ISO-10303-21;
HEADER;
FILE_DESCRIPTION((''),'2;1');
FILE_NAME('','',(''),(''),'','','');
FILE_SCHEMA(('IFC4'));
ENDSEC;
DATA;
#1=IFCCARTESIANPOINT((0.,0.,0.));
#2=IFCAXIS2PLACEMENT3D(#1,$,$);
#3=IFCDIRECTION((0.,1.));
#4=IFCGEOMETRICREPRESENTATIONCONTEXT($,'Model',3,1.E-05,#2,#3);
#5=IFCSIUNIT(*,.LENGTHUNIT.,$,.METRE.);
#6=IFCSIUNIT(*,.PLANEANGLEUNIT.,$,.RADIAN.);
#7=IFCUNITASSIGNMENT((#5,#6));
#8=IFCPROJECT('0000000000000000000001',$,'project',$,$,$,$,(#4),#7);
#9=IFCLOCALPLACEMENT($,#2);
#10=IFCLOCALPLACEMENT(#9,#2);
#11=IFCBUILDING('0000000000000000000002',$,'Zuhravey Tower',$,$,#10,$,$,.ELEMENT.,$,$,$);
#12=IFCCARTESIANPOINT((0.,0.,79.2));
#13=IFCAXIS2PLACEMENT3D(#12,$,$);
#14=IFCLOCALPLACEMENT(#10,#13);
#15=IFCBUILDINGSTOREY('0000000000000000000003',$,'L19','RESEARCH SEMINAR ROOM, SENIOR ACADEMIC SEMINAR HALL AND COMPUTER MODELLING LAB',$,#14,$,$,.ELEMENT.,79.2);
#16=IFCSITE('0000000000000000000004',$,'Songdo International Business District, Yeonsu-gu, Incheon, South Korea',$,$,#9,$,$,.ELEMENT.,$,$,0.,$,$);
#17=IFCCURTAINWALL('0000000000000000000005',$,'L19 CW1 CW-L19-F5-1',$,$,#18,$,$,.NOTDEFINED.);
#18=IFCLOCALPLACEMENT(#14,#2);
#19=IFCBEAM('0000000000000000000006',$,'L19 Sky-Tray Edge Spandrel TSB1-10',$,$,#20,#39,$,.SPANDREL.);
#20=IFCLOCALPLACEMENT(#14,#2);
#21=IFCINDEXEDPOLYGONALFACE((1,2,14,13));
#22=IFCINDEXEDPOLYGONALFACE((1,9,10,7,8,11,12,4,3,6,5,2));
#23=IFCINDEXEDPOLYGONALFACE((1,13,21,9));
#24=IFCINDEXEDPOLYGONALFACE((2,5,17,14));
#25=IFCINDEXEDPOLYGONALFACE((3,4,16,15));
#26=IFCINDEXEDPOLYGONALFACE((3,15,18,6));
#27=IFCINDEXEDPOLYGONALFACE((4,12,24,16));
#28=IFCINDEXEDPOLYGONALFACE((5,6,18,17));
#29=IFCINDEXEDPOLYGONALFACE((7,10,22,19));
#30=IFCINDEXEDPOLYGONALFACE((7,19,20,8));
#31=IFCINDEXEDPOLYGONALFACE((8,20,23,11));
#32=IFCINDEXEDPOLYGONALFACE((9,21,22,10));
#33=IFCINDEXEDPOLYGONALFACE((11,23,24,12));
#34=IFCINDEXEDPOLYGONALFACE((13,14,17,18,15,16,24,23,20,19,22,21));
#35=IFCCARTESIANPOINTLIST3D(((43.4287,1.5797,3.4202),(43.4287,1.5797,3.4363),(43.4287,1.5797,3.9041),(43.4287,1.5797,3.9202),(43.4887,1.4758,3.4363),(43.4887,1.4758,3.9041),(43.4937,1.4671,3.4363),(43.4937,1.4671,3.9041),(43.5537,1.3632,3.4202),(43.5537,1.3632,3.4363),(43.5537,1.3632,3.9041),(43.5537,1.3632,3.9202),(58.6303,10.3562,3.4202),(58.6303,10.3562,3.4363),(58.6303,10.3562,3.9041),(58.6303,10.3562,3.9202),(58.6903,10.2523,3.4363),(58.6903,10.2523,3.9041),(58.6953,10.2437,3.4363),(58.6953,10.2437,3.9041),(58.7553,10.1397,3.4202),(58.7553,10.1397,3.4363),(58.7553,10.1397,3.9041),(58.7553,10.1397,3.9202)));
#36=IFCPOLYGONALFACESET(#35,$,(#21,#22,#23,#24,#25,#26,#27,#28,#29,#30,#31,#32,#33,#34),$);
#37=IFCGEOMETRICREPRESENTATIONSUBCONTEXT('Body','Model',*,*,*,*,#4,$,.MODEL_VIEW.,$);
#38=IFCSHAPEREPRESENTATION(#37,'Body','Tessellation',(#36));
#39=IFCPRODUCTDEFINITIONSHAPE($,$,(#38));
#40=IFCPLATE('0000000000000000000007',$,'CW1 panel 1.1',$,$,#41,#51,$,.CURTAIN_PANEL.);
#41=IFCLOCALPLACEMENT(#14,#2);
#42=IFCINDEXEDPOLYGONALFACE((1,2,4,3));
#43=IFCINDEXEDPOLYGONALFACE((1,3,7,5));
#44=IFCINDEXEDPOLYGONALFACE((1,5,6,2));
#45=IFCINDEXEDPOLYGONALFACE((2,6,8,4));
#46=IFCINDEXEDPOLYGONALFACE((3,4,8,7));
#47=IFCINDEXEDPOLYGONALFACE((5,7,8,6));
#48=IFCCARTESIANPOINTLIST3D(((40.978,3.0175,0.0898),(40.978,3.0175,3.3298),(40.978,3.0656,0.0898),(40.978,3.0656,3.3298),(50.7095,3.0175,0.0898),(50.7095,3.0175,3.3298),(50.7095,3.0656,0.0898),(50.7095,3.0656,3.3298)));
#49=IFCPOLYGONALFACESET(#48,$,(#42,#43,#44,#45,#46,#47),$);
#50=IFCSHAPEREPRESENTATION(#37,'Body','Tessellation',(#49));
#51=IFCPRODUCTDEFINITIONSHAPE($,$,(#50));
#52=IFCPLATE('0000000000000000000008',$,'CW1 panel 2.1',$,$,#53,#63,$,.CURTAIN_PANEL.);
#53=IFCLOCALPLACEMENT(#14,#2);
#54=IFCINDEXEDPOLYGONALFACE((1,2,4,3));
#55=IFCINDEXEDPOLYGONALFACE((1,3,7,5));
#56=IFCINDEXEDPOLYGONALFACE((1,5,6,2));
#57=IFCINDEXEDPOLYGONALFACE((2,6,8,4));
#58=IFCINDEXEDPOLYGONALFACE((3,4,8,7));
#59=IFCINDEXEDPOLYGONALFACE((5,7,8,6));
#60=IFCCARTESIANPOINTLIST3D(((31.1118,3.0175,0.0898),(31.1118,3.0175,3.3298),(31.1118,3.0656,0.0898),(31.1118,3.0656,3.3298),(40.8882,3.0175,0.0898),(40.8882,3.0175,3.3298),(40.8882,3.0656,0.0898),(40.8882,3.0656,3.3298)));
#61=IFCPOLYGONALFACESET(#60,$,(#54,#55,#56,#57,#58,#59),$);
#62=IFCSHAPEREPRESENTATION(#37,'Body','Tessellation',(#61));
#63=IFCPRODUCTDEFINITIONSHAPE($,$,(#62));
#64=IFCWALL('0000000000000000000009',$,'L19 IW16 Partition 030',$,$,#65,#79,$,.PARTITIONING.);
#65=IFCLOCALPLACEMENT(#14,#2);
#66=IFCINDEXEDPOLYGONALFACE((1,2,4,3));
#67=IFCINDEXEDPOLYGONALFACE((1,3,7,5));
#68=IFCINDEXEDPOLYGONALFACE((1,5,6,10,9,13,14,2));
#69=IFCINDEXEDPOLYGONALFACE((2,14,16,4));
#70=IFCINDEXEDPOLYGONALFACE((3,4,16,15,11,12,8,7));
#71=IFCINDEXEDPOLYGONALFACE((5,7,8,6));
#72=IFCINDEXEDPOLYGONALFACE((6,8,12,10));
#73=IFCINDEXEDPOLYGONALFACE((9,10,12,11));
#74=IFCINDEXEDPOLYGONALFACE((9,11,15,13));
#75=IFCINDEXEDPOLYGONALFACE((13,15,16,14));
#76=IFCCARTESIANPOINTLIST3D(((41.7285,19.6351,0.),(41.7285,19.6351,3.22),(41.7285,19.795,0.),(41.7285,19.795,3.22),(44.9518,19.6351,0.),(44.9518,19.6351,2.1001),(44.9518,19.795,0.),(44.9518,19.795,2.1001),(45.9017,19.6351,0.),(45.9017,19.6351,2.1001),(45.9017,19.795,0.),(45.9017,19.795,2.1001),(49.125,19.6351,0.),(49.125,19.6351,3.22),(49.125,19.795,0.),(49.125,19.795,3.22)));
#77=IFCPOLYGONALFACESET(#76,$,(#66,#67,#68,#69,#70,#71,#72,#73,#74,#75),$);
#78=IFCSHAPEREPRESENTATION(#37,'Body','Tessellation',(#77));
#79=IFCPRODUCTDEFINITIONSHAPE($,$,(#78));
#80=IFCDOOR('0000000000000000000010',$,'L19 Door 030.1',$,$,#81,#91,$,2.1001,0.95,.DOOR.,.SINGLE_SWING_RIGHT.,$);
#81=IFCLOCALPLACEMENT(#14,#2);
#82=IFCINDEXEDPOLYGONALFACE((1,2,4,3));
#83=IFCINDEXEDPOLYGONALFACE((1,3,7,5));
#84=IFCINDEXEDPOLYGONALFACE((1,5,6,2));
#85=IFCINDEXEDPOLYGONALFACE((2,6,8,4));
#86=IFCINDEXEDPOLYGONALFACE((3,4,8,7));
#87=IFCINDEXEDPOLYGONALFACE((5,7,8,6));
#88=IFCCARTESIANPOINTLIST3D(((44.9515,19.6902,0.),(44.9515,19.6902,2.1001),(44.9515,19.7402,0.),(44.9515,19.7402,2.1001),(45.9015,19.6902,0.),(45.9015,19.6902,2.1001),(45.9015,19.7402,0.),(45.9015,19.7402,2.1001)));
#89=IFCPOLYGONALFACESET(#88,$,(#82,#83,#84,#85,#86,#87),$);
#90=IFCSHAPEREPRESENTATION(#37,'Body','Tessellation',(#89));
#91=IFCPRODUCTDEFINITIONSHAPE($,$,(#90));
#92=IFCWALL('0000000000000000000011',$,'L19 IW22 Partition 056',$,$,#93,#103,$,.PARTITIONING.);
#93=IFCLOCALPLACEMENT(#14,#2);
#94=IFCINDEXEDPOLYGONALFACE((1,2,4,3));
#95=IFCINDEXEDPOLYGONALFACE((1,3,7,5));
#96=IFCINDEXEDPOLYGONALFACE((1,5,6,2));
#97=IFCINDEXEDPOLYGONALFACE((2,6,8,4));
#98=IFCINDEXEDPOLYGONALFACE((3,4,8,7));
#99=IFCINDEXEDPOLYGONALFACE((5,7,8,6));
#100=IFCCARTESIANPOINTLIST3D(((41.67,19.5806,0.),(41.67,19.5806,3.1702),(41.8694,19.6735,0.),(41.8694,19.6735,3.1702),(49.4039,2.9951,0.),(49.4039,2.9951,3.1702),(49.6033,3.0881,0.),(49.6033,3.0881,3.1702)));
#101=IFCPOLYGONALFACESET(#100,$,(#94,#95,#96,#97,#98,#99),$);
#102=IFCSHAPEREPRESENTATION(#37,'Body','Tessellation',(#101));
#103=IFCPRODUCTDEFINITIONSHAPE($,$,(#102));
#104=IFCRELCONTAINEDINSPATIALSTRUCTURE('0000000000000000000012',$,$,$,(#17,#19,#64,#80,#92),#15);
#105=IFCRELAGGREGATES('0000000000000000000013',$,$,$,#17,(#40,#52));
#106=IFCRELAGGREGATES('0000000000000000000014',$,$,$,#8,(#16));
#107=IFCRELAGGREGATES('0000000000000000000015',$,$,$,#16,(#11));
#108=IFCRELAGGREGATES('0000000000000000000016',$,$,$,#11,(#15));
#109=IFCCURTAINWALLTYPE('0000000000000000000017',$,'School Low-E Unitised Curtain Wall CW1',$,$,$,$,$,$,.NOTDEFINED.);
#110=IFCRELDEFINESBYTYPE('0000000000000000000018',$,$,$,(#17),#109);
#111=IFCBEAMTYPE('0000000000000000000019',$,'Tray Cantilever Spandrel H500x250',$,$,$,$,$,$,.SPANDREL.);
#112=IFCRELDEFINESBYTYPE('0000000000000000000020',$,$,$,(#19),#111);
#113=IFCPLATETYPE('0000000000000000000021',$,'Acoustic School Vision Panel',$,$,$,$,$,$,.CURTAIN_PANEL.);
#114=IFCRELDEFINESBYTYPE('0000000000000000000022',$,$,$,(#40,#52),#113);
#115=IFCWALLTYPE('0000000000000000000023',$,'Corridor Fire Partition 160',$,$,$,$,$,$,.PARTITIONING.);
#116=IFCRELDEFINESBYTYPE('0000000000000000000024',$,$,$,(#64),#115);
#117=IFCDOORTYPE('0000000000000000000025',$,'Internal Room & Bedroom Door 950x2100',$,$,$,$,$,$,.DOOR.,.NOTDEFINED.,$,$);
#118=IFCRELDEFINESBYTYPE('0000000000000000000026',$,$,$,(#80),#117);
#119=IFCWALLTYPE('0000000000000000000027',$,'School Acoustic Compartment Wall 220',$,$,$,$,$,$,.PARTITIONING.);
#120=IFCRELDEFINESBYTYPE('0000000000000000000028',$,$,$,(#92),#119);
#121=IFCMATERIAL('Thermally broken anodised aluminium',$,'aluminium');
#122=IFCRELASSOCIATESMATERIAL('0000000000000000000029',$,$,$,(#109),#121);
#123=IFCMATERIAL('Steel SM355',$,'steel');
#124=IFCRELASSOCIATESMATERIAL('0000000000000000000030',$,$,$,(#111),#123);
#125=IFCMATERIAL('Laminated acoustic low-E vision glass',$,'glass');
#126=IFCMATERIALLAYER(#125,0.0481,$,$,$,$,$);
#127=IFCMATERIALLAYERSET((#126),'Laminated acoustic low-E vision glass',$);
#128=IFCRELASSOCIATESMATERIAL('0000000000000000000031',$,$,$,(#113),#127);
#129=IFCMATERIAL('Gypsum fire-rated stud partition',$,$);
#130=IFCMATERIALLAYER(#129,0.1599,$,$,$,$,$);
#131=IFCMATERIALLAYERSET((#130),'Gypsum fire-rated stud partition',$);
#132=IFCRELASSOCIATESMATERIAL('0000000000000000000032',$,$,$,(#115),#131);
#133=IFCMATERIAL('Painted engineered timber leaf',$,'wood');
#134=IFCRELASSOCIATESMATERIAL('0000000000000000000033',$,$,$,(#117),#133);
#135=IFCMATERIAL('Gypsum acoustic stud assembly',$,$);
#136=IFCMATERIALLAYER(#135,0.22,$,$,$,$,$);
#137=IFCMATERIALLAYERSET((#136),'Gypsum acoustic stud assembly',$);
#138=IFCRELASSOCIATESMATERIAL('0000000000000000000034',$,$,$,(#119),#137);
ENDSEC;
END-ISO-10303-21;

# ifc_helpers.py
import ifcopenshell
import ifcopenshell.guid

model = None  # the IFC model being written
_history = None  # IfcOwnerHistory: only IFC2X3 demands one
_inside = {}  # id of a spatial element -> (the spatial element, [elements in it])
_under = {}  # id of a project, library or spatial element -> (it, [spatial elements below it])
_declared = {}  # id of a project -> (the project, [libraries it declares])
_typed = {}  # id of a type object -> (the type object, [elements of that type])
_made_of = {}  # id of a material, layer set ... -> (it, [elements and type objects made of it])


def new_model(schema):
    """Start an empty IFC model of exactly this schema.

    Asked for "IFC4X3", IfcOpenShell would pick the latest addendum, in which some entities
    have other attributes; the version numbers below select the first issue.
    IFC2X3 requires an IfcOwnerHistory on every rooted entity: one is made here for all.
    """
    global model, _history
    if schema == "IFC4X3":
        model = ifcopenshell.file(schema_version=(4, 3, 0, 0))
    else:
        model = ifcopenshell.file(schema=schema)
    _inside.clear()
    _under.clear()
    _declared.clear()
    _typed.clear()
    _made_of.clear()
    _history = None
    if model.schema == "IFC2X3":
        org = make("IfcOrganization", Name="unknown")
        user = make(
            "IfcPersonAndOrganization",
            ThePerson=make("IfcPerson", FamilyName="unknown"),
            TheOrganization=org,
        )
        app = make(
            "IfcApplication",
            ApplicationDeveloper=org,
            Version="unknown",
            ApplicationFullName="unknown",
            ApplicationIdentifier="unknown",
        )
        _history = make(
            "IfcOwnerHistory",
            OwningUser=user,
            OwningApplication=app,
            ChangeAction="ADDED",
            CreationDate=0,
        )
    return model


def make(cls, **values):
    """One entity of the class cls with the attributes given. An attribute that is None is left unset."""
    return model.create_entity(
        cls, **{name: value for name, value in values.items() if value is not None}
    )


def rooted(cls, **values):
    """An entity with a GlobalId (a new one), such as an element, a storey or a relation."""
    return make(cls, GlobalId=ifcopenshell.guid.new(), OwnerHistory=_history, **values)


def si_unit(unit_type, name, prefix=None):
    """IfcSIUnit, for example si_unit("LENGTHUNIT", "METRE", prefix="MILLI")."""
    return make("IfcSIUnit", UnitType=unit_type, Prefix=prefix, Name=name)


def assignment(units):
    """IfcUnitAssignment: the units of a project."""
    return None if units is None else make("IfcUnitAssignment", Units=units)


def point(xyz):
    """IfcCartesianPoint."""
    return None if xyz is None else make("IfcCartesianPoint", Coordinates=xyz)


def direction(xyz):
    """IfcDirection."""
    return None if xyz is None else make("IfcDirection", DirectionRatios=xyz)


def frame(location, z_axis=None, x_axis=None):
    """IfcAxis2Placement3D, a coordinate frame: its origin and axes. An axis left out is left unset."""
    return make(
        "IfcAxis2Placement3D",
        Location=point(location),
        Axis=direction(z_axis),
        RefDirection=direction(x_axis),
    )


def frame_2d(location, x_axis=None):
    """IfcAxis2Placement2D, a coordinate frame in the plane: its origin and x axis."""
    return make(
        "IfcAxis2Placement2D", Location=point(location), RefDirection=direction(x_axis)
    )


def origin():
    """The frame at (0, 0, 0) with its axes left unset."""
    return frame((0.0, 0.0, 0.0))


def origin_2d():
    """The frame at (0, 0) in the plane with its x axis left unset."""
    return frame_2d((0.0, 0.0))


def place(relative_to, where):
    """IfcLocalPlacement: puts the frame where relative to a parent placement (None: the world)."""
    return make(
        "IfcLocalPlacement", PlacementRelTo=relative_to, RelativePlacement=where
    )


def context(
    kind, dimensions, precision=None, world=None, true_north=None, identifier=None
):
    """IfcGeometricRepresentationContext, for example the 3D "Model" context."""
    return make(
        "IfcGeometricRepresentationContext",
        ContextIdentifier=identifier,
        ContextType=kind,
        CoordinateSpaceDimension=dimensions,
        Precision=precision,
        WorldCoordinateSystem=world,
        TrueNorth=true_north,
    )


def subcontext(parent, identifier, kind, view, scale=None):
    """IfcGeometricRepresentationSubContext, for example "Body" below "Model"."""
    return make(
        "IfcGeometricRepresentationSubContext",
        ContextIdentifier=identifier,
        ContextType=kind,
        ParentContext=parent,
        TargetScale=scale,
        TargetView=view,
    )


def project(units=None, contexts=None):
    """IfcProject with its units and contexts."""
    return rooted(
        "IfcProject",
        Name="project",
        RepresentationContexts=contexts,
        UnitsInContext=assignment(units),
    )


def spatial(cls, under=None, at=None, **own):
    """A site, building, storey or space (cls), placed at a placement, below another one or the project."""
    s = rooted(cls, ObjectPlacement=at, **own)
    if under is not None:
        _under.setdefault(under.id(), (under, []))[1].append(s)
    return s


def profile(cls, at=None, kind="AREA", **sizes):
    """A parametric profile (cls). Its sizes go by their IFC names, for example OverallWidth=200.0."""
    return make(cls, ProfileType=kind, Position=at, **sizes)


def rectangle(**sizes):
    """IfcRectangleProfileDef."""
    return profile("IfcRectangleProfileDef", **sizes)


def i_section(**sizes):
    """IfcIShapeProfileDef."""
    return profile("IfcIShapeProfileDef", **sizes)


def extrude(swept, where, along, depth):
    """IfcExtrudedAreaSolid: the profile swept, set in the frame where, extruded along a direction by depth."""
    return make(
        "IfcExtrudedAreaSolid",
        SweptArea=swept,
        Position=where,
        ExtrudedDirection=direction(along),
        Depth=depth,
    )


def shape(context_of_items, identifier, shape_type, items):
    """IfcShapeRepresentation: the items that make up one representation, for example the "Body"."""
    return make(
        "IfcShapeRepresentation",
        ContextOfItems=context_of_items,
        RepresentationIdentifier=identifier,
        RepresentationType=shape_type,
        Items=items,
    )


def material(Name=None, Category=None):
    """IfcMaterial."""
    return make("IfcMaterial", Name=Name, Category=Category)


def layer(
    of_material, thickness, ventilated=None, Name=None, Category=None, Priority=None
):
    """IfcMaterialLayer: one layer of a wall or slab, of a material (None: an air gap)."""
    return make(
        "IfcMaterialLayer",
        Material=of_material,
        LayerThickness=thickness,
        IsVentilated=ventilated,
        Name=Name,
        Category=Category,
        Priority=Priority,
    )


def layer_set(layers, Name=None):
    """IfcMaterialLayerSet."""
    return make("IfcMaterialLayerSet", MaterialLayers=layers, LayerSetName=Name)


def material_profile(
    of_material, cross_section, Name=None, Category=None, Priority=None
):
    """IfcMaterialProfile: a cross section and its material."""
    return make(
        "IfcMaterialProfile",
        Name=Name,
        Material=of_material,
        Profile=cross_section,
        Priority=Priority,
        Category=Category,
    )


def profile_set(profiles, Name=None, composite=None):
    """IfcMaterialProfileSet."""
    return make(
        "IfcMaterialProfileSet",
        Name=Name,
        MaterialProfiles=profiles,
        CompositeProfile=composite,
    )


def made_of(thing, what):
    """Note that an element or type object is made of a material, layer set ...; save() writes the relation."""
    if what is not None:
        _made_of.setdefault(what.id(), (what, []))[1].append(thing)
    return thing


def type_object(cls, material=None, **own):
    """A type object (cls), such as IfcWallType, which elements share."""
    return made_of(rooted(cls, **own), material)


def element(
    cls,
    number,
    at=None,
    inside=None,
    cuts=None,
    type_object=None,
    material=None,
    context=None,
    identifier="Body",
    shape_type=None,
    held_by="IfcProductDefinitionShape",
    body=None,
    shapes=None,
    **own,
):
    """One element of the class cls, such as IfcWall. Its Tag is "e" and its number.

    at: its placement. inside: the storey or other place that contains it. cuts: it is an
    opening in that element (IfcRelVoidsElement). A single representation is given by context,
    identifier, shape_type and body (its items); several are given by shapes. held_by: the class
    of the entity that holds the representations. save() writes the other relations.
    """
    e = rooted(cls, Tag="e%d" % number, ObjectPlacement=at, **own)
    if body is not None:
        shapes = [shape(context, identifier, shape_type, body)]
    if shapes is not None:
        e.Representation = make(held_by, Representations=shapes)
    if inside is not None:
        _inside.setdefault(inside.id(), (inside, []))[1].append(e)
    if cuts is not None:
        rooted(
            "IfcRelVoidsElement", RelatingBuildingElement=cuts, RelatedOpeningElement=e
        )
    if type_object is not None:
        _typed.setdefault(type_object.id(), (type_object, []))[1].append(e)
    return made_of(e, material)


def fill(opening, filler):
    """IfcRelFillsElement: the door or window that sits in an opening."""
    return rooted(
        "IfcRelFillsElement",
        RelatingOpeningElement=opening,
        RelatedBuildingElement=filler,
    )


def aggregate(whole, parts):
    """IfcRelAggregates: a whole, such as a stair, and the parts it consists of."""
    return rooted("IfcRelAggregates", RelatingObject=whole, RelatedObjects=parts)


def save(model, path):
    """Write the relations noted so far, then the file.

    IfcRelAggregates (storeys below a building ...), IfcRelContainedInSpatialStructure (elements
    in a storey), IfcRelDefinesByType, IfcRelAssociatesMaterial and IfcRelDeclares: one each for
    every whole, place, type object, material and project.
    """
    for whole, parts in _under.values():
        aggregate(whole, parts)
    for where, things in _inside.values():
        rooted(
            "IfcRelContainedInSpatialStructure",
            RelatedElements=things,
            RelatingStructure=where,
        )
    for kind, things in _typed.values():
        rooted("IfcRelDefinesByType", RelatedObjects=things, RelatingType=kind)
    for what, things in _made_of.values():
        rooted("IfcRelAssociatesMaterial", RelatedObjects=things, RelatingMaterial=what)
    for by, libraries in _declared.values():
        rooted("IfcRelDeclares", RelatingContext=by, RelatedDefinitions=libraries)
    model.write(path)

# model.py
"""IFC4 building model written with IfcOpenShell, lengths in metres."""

from ifc_helpers import new_model, si_unit, direction, frame, frame_2d, origin, origin_2d, place, context, subcontext, project, spatial, rectangle, i_section, extrude, material, layer, layer_set, material_profile, profile_set, type_object, element, fill, aggregate, save


model = new_model("IFC4")

# Units and contexts
model_context = context("Model", 3, precision=1e-05, world=origin(), true_north=direction((0.0, 1.0)))
body_context = subcontext(model_context, "Body", "Model", "MODEL_VIEW")
ifc_project = project(units=[si_unit("LENGTHUNIT", "METRE"), si_unit("PLANEANGLEUNIT", "RADIAN")], contexts=[model_context])

# Site, building, storey
site_placement = place(None, origin())
site = spatial("IfcSite", under=ifc_project, at=site_placement, Name="Songdo International Business District, Yeonsu-gu, Incheon, South Korea", CompositionType="ELEMENT", RefElevation=0.0)
building_placement = place(site_placement, origin())
building = spatial("IfcBuilding", under=site, at=building_placement, Name="Zuhravey Tower", CompositionType="ELEMENT")
storey_placement = place(building_placement, frame((0.0, 0.0, 79.2)))
storey = spatial("IfcBuildingStorey", under=building, at=storey_placement, Name="L19", Description="RESEARCH SEMINAR ROOM, SENIOR ACADEMIC SEMINAR HALL AND COMPUTER MODELLING LAB", CompositionType="ELEMENT", Elevation=79.2)

# Curtain wall
ifc_material_1 = material(Name="Thermally broken anodised aluminium", Category="aluminium")
curtain_wall_type = type_object("IfcCurtainWallType", Name="School Low-E Unitised Curtain Wall CW1", PredefinedType="NOTDEFINED", material=ifc_material_1)
curtain_wall_placement = place(storey_placement, origin())
curtain_wall = element("IfcCurtainWall", 1, at=curtain_wall_placement, inside=storey, type_object=curtain_wall_type, Name="L19 CW1 CW-L19-F5-1", PredefinedType="NOTDEFINED")

# Beam
ifc_material_2 = material(Name="Steel SM355", Category="steel")
ifc_material_profile_1 = material_profile(ifc_material_2, i_section(OverallWidth=0.25, OverallDepth=0.5, WebThickness=0.01, FlangeThickness=0.0161, at=origin_2d()), Name="H-500x250x10x16")
ifc_profile_set_1 = profile_set([ifc_material_profile_1], Name="Steel SM355")
beam_type_1 = type_object("IfcBeamType", Name="Tray Cantilever Spandrel H500x250", PredefinedType="SPANDREL", material=ifc_profile_set_1)
beam_1_placement = place(storey_placement, frame((43.4912, 1.4714, 3.6702), z_axis=(0.866027, 0.499997, 0.0), x_axis=(-0.499997, 0.866027, 0.0)))
element("IfcBeam", 2, at=beam_1_placement, inside=storey, type_object=beam_type_1, Name="L19 Sky-Tray Edge Spandrel TSB1-10", PredefinedType="SPANDREL", context=body_context, shape_type="SweptSolid", body=[
    extrude(i_section(OverallWidth=0.25, OverallDepth=0.5, WebThickness=0.01, FlangeThickness=0.0161, at=origin_2d()), origin(), (0.0, 0.0, 1.0), 17.5532),
])

# Plates
ifc_material_3 = material(Name="Laminated acoustic low-E vision glass", Category="glass")
ifc_layer_1 = layer(ifc_material_3, 0.0481)
ifc_layer_set_1 = layer_set([ifc_layer_1], Name="Laminated acoustic low-E vision glass")
plate_type = type_object("IfcPlateType", Name="Acoustic School Vision Panel", PredefinedType="CURTAIN_PANEL", material=ifc_layer_set_1)
plate_1_placement = place(storey_placement, frame((45.8438, 3.0415, 0.0898), z_axis=(0.0, 0.0, 1.0), x_axis=(-1.0, 0.0, 0.0)))
plate_1 = element("IfcPlate", 3, at=plate_1_placement, type_object=plate_type, Name="CW1 panel 1.1", PredefinedType="CURTAIN_PANEL", context=body_context, shape_type="SweptSolid", body=[
    extrude(rectangle(XDim=9.7314, YDim=0.0481, at=origin_2d()), origin(), (0.0, 0.0, 1.0), 3.24),
])
plate_2_placement = place(storey_placement, frame((36.0, 3.0415, 0.0898), z_axis=(0.0, 0.0, 1.0), x_axis=(-1.0, 0.0, 0.0)))
plate_2 = element("IfcPlate", 4, at=plate_2_placement, type_object=plate_type, Name="CW1 panel 2.1", PredefinedType="CURTAIN_PANEL", context=body_context, shape_type="SweptSolid", body=[
    extrude(rectangle(XDim=9.7764, YDim=0.0481, at=origin_2d()), origin(), (0.0, 0.0, 1.0), 3.24),
])
aggregate(curtain_wall, [plate_1, plate_2])

# Wall, opening, door
ifc_material_4 = material(Name="Gypsum fire-rated stud partition")
ifc_layer_2 = layer(ifc_material_4, 0.1599)
ifc_layer_set_2 = layer_set([ifc_layer_2], Name="Gypsum fire-rated stud partition")
wall_type_1 = type_object("IfcWallType", Name="Corridor Fire Partition 160", PredefinedType="PARTITIONING", material=ifc_layer_set_2)
wall_1_placement = place(storey_placement, frame((41.7285, 19.7151, 0.0), z_axis=(0.0, 0.0, 1.0), x_axis=(1.0, 0.0, 0.0)))
wall_1 = element("IfcWall", 5, at=wall_1_placement, inside=storey, type_object=wall_type_1, Name="L19 IW16 Partition 030", PredefinedType="PARTITIONING", context=body_context, shape_type="SweptSolid", body=[
    extrude(rectangle(XDim=7.3965, YDim=0.1599, at=frame_2d((3.6982, 0.0))), origin(), (0.0, 0.0, 1.0), 3.22),
])
opening_1_placement = place(wall_1_placement, frame((3.2231, 0.0, 0.0)))
opening_1 = element("IfcOpeningElement", 6, at=opening_1_placement, cuts=wall_1, PredefinedType="OPENING", context=body_context, shape_type="SweptSolid", body=[
    extrude(rectangle(XDim=0.95, YDim=2.1001, at=frame_2d((0.4751, 1.05))), frame((0.0, 0.092, 0.0), z_axis=(0.0, -1.0, 0.0), x_axis=(1.0, 0.0, 0.0)), (0.0, 0.0, 1.0), 0.1838),
])
ifc_material_5 = material(Name="Painted engineered timber leaf", Category="wood")
door_type_1 = type_object("IfcDoorType", Name="Internal Room & Bedroom Door 950x2100", OperationType="NOTDEFINED", PredefinedType="DOOR", material=ifc_material_5)
door_1_placement = place(opening_1_placement, frame((0.95, 0.0, 0.0), z_axis=(0.0, 0.0, 1.0), x_axis=(-1.0, 0.0, 0.0)))
door_1 = element("IfcDoor", 7, at=door_1_placement, inside=storey, type_object=door_type_1, Name="L19 Door 030.1", OperationType="SINGLE_SWING_RIGHT", OverallHeight=2.1001, OverallWidth=0.95, PredefinedType="DOOR", context=body_context, shape_type="SweptSolid", body=[
    extrude(rectangle(XDim=0.95, YDim=2.1001, at=frame_2d((0.4751, 1.05))), frame((0.0, 0.0249, 0.0), z_axis=(0.0, -1.0, 0.0), x_axis=(1.0, 0.0, 0.0)), (0.0, 0.0, 1.0), 0.05),
])
fill(opening_1, door_1)

# Wall
ifc_material_6 = material(Name="Gypsum acoustic stud assembly")
ifc_layer_3 = layer(ifc_material_6, 0.22)
ifc_layer_set_3 = layer_set([ifc_layer_3], Name="Gypsum acoustic stud assembly")
wall_type_2 = type_object("IfcWallType", Name="School Acoustic Compartment Wall 220", PredefinedType="PARTITIONING", material=ifc_layer_set_3)
wall_2_placement = place(storey_placement, frame((41.7698, 19.627, 0.0), z_axis=(0.0, 0.0, 1.0), x_axis=(0.422617, -0.906309, 0.0)))
element("IfcWall", 8, at=wall_2_placement, inside=storey, type_object=wall_type_2, Name="L19 IW22 Partition 056", PredefinedType="PARTITIONING", context=body_context, shape_type="SweptSolid", body=[
    extrude(rectangle(XDim=18.3, YDim=0.22, at=frame_2d((9.1499, 0.0))), origin(), (0.0, 0.0, 1.0), 3.1702),
])

save(model, "model.ifc")
